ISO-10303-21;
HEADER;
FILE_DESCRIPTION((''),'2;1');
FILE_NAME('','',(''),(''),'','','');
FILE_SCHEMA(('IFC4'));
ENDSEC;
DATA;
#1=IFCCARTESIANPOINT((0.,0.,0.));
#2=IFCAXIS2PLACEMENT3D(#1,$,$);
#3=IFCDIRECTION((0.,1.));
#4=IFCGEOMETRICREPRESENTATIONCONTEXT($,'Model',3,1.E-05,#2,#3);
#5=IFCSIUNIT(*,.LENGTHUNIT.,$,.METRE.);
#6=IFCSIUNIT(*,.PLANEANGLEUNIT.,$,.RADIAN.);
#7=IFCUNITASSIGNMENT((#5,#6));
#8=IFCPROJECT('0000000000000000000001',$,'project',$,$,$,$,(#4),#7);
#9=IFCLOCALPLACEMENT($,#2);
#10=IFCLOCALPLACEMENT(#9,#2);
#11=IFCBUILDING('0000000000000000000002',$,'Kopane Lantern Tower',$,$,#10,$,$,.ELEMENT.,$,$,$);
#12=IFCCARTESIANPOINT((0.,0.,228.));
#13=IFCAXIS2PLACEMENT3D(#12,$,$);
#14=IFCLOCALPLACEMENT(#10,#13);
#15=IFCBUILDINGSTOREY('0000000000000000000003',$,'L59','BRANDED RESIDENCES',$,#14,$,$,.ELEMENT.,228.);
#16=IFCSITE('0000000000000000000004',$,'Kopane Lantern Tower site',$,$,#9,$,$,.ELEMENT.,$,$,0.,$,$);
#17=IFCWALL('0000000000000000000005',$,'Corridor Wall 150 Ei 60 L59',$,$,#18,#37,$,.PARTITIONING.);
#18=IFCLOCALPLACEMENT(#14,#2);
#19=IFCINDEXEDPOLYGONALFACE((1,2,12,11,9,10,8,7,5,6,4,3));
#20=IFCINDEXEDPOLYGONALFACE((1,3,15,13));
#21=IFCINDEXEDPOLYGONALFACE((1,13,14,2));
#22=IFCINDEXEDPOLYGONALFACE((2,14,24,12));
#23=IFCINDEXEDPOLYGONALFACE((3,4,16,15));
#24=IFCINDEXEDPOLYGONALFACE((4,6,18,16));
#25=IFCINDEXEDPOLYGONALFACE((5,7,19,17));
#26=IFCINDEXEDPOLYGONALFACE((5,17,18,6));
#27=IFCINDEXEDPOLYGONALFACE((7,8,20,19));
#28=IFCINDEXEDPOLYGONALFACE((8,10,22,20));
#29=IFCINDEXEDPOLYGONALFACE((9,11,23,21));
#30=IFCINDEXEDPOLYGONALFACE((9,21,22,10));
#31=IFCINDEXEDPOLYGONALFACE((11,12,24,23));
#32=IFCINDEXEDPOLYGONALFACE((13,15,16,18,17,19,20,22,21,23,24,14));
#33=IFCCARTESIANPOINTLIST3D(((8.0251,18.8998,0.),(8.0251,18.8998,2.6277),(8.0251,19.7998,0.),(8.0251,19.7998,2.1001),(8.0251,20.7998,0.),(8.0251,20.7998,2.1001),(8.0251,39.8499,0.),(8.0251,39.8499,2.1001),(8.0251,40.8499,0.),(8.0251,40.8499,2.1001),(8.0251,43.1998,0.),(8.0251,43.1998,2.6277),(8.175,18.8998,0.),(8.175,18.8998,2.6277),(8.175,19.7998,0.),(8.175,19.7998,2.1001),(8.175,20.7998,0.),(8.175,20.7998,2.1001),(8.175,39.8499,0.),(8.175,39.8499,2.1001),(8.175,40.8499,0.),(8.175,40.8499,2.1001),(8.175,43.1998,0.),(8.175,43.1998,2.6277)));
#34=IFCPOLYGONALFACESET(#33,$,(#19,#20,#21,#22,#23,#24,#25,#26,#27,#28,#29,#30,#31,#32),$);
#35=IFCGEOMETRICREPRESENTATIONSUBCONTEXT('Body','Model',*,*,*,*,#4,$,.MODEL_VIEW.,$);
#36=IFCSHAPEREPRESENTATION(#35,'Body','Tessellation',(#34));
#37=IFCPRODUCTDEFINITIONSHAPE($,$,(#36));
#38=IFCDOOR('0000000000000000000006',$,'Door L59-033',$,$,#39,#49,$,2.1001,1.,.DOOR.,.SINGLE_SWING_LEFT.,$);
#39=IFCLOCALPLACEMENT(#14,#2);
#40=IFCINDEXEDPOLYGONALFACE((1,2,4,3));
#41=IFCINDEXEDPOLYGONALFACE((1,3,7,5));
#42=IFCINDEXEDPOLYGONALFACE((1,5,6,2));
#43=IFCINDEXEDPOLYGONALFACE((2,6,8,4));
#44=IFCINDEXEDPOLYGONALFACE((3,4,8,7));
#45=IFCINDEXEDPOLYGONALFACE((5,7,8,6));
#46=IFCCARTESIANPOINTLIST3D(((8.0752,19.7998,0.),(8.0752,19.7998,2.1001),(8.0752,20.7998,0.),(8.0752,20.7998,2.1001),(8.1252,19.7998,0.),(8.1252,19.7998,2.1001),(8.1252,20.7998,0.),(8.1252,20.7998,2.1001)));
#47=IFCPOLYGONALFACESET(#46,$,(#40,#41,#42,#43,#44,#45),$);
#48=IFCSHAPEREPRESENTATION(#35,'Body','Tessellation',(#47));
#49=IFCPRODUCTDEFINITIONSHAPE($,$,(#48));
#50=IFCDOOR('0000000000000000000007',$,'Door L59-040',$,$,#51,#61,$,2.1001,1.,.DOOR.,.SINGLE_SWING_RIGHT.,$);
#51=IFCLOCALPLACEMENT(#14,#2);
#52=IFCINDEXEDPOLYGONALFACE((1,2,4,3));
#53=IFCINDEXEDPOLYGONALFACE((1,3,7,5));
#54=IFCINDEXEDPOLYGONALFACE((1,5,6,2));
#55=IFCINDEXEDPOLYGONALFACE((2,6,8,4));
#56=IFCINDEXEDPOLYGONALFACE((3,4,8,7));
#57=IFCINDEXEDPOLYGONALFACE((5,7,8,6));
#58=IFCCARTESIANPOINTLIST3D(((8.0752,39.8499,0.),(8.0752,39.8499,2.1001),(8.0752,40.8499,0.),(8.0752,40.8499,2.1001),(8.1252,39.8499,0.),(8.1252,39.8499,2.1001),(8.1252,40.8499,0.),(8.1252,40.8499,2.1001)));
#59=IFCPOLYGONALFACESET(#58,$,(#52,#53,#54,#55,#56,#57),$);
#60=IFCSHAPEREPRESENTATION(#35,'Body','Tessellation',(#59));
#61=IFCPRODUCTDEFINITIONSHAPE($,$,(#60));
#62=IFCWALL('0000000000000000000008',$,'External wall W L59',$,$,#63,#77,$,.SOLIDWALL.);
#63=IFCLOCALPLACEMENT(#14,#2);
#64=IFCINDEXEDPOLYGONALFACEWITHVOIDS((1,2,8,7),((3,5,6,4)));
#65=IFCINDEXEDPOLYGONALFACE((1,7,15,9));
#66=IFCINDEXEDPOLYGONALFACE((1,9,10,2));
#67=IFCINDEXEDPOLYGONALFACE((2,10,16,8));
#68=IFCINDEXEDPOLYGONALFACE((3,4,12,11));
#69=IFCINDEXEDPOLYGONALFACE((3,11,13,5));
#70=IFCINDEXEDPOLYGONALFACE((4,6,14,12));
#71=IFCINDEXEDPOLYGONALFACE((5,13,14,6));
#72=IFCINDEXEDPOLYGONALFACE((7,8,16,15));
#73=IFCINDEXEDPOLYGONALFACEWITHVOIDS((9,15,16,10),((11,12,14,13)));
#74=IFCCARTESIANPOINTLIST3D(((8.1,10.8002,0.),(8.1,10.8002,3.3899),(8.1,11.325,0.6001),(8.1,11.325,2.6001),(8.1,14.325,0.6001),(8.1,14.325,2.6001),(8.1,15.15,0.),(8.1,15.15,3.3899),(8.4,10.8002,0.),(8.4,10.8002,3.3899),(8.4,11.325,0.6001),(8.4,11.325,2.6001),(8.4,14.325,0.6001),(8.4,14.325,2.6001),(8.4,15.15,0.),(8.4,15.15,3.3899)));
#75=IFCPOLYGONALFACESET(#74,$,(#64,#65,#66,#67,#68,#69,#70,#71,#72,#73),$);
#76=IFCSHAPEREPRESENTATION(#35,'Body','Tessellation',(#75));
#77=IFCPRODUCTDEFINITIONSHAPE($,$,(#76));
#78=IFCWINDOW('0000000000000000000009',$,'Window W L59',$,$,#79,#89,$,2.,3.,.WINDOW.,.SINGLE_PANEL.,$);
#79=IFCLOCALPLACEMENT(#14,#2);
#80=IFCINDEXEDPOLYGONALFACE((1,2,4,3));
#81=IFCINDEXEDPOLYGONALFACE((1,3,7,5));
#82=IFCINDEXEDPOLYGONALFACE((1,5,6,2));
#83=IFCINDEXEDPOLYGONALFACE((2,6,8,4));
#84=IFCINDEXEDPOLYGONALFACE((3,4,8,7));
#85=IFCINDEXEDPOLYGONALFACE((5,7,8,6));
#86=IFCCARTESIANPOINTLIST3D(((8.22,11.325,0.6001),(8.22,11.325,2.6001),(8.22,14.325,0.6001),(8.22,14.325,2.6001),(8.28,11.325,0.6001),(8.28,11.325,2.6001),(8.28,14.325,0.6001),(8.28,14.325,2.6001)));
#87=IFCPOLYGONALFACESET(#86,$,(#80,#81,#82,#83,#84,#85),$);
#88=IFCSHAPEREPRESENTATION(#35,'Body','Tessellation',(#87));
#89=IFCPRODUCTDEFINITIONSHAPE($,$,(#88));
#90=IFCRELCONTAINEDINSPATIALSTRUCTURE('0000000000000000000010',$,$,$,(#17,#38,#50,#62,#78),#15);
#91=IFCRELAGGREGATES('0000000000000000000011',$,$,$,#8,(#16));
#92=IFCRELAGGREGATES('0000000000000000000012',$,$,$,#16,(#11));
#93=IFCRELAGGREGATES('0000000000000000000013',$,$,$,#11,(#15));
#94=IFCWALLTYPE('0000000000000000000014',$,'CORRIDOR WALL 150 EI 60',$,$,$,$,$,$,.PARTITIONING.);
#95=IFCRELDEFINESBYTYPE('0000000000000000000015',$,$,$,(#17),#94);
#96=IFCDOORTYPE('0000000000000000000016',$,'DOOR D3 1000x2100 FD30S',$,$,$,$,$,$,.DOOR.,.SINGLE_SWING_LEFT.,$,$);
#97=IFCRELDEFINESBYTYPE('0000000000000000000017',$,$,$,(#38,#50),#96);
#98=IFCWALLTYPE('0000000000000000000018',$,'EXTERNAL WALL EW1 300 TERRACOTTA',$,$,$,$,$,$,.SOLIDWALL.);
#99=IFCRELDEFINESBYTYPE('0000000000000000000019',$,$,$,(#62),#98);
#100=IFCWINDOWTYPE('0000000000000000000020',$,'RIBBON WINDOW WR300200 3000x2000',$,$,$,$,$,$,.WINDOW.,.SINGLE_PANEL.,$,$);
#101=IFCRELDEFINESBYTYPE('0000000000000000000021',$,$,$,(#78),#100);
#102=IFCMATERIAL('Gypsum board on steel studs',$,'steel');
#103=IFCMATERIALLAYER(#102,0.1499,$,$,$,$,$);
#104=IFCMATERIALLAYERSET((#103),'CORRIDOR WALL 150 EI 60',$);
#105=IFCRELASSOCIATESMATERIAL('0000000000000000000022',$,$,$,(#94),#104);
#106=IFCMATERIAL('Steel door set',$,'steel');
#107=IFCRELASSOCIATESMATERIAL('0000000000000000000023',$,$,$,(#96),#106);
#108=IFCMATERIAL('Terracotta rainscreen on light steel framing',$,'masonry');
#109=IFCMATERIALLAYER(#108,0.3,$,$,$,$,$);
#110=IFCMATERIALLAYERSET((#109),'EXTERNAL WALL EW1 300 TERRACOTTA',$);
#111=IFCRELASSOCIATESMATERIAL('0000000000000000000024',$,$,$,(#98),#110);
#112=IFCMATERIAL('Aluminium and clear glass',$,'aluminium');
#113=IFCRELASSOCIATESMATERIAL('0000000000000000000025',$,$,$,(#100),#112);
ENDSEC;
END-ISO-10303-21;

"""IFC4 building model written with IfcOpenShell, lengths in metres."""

from ifc_helpers import new_model, si_unit, direction, frame, frame_2d, origin, place, context, subcontext, project, spatial, rectangle, extrude, material, layer, layer_set, type_object, element, fill, save


model = new_model("IFC4")

# Units and contexts
model_context = context("Model", 3, precision=1e-05, world=origin(), true_north=direction((0.0, 1.0)))
body_context = subcontext(model_context, "Body", "Model", "MODEL_VIEW")
ifc_project = project(units=[si_unit("LENGTHUNIT", "METRE"), si_unit("PLANEANGLEUNIT", "RADIAN")], contexts=[model_context])

# Site, building, storey
site_placement = place(None, origin())
site = spatial("IfcSite", under=ifc_project, at=site_placement, Name="Kopane Lantern Tower site", CompositionType="ELEMENT", RefElevation=0.0)
building_placement = place(site_placement, origin())
building = spatial("IfcBuilding", under=site, at=building_placement, Name="Kopane Lantern Tower", CompositionType="ELEMENT")
storey_placement = place(building_placement, frame((0.0, 0.0, 228.0)))
storey = spatial("IfcBuildingStorey", under=building, at=storey_placement, Name="L59", Description="BRANDED RESIDENCES", CompositionType="ELEMENT", Elevation=228.0)

# Wall, openings, doors
ifc_material_1 = material(Name="Gypsum board on steel studs", Category="steel")
ifc_layer_1 = layer(ifc_material_1, 0.1499)
ifc_layer_set_1 = layer_set([ifc_layer_1], Name="CORRIDOR WALL 150 EI 60")
wall_type_1 = type_object("IfcWallType", Name="CORRIDOR WALL 150 EI 60", PredefinedType="PARTITIONING", material=ifc_layer_set_1)
ifc_material_2 = material(Name="Steel door set", Category="steel")
door_type = type_object("IfcDoorType", Name="DOOR D3 1000x2100 FD30S", OperationType="SINGLE_SWING_LEFT", PredefinedType="DOOR", material=ifc_material_2)
wall_1_placement = place(storey_placement, frame((8.1001, 18.8999, 0.0), z_axis=(0.0, 0.0, 1.0), x_axis=(0.0, 1.0, 0.0)))
wall_1 = element("IfcWall", 1, at=wall_1_placement, inside=storey, type_object=wall_type_1, Name="Corridor Wall 150 Ei 60 L59", PredefinedType="PARTITIONING", context=body_context, shape_type="SweptSolid", body=[
    extrude(rectangle(XDim=24.3, YDim=0.1499, at=frame_2d((12.1499, 0.0))), origin(), (0.0, 0.0, 1.0), 2.6277),
])
opening_1_placement = place(wall_1_placement, frame((0.8999, 0.0, 0.0)))
opening_1 = element("IfcOpeningElement", 2, at=opening_1_placement, cuts=wall_1, PredefinedType="OPENING", context=body_context, shape_type="SweptSolid", body=[
    extrude(rectangle(XDim=1.0, YDim=2.1001, at=frame_2d((0.5, 1.05))), frame((0.0, 0.085, 0.0), z_axis=(0.0, -1.0, 0.0), x_axis=(1.0, 0.0, 0.0)), (0.0, 0.0, 1.0), 0.1699),
])
opening_2_placement = place(wall_1_placement, frame((20.95, 0.0, 0.0)))
opening_2 = element("IfcOpeningElement", 3, at=opening_2_placement, cuts=wall_1, PredefinedType="OPENING", context=body_context, shape_type="SweptSolid", body=[
    extrude(rectangle(XDim=1.0, YDim=2.1001, at=frame_2d((0.5, 1.05))), frame((0.0, 0.085, 0.0), z_axis=(0.0, -1.0, 0.0), x_axis=(1.0, 0.0, 0.0)), (0.0, 0.0, 1.0), 0.1699),
])
door_1_placement = place(opening_1_placement, origin())
door_1 = element("IfcDoor", 4, at=door_1_placement, inside=storey, type_object=door_type, Name="Door L59-033", OperationType="SINGLE_SWING_LEFT", OverallHeight=2.1001, OverallWidth=1.0, PredefinedType="DOOR", context=body_context, shape_type="SweptSolid", body=[
    extrude(rectangle(XDim=1.0, YDim=2.1001, at=frame_2d((0.5, 1.05))), frame((0.0, 0.0249, 0.0), z_axis=(0.0, -1.0, 0.0), x_axis=(1.0, 0.0, 0.0)), (0.0, 0.0, 1.0), 0.05),
])
fill(opening_1, door_1)
door_2_placement = place(opening_2_placement, origin())
door_2 = element("IfcDoor", 5, at=door_2_placement, inside=storey, type_object=door_type, Name="Door L59-040", OperationType="SINGLE_SWING_RIGHT", OverallHeight=2.1001, OverallWidth=1.0, PredefinedType="DOOR", context=body_context, shape_type="SweptSolid", body=[
    extrude(rectangle(XDim=1.0, YDim=2.1001, at=frame_2d((0.5, 1.05))), frame((0.0, 0.0249, 0.0), z_axis=(0.0, -1.0, 0.0), x_axis=(1.0, 0.0, 0.0)), (0.0, 0.0, 1.0), 0.05),
])
fill(opening_2, door_2)

# Wall, opening, window
ifc_material_3 = material(Name="Terracotta rainscreen on light steel framing", Category="masonry")
ifc_layer_2 = layer(ifc_material_3, 0.3)
ifc_layer_set_2 = layer_set([ifc_layer_2], Name="EXTERNAL WALL EW1 300 TERRACOTTA")
wall_type_2 = type_object("IfcWallType", Name="EXTERNAL WALL EW1 300 TERRACOTTA", PredefinedType="SOLIDWALL", material=ifc_layer_set_2)
wall_2_placement = place(storey_placement, frame((8.25, 15.1499, 0.0), z_axis=(0.0, 0.0, 1.0), x_axis=(0.0, -1.0, 0.0)))
wall_2 = element("IfcWall", 6, at=wall_2_placement, inside=storey, type_object=wall_type_2, Name="External wall W L59", PredefinedType="SOLIDWALL", context=body_context, shape_type="SweptSolid", body=[
    extrude(rectangle(XDim=4.3499, YDim=0.3, at=frame_2d((2.1748, 0.0))), origin(), (0.0, 0.0, 1.0), 3.3899),
])
opening_3_placement = place(wall_2_placement, frame((0.825, 0.0, 0.6001)))
opening_3 = element("IfcOpeningElement", 7, at=opening_3_placement, cuts=wall_2, PredefinedType="OPENING", context=body_context, shape_type="SweptSolid", body=[
    extrude(rectangle(XDim=3.0, YDim=2.0, at=frame_2d((1.5, 1.0))), frame((0.0, 0.1599, 0.0), z_axis=(0.0, -1.0, 0.0), x_axis=(1.0, 0.0, 0.0)), (0.0, 0.0, 1.0), 0.3201),
])
ifc_material_4 = material(Name="Aluminium and clear glass", Category="aluminium")
window_type = type_object("IfcWindowType", Name="RIBBON WINDOW WR300200 3000x2000", PartitioningType="SINGLE_PANEL", PredefinedType="WINDOW", material=ifc_material_4)
window_placement = place(opening_3_placement, origin())
window = element("IfcWindow", 8, at=window_placement, inside=storey, type_object=window_type, Name="Window W L59", OverallHeight=2.0, OverallWidth=3.0, PartitioningType="SINGLE_PANEL", PredefinedType="WINDOW", context=body_context, shape_type="SweptSolid", body=[
    extrude(rectangle(XDim=3.0, YDim=2.0, at=frame_2d((1.5, 1.0))), frame((0.0, 0.03, 0.0), z_axis=(0.0, -1.0, 0.0), x_axis=(1.0, 0.0, 0.0)), (0.0, 0.0, 1.0), 0.0601),
])
fill(opening_3, window)

save(model, "model.ifc")
